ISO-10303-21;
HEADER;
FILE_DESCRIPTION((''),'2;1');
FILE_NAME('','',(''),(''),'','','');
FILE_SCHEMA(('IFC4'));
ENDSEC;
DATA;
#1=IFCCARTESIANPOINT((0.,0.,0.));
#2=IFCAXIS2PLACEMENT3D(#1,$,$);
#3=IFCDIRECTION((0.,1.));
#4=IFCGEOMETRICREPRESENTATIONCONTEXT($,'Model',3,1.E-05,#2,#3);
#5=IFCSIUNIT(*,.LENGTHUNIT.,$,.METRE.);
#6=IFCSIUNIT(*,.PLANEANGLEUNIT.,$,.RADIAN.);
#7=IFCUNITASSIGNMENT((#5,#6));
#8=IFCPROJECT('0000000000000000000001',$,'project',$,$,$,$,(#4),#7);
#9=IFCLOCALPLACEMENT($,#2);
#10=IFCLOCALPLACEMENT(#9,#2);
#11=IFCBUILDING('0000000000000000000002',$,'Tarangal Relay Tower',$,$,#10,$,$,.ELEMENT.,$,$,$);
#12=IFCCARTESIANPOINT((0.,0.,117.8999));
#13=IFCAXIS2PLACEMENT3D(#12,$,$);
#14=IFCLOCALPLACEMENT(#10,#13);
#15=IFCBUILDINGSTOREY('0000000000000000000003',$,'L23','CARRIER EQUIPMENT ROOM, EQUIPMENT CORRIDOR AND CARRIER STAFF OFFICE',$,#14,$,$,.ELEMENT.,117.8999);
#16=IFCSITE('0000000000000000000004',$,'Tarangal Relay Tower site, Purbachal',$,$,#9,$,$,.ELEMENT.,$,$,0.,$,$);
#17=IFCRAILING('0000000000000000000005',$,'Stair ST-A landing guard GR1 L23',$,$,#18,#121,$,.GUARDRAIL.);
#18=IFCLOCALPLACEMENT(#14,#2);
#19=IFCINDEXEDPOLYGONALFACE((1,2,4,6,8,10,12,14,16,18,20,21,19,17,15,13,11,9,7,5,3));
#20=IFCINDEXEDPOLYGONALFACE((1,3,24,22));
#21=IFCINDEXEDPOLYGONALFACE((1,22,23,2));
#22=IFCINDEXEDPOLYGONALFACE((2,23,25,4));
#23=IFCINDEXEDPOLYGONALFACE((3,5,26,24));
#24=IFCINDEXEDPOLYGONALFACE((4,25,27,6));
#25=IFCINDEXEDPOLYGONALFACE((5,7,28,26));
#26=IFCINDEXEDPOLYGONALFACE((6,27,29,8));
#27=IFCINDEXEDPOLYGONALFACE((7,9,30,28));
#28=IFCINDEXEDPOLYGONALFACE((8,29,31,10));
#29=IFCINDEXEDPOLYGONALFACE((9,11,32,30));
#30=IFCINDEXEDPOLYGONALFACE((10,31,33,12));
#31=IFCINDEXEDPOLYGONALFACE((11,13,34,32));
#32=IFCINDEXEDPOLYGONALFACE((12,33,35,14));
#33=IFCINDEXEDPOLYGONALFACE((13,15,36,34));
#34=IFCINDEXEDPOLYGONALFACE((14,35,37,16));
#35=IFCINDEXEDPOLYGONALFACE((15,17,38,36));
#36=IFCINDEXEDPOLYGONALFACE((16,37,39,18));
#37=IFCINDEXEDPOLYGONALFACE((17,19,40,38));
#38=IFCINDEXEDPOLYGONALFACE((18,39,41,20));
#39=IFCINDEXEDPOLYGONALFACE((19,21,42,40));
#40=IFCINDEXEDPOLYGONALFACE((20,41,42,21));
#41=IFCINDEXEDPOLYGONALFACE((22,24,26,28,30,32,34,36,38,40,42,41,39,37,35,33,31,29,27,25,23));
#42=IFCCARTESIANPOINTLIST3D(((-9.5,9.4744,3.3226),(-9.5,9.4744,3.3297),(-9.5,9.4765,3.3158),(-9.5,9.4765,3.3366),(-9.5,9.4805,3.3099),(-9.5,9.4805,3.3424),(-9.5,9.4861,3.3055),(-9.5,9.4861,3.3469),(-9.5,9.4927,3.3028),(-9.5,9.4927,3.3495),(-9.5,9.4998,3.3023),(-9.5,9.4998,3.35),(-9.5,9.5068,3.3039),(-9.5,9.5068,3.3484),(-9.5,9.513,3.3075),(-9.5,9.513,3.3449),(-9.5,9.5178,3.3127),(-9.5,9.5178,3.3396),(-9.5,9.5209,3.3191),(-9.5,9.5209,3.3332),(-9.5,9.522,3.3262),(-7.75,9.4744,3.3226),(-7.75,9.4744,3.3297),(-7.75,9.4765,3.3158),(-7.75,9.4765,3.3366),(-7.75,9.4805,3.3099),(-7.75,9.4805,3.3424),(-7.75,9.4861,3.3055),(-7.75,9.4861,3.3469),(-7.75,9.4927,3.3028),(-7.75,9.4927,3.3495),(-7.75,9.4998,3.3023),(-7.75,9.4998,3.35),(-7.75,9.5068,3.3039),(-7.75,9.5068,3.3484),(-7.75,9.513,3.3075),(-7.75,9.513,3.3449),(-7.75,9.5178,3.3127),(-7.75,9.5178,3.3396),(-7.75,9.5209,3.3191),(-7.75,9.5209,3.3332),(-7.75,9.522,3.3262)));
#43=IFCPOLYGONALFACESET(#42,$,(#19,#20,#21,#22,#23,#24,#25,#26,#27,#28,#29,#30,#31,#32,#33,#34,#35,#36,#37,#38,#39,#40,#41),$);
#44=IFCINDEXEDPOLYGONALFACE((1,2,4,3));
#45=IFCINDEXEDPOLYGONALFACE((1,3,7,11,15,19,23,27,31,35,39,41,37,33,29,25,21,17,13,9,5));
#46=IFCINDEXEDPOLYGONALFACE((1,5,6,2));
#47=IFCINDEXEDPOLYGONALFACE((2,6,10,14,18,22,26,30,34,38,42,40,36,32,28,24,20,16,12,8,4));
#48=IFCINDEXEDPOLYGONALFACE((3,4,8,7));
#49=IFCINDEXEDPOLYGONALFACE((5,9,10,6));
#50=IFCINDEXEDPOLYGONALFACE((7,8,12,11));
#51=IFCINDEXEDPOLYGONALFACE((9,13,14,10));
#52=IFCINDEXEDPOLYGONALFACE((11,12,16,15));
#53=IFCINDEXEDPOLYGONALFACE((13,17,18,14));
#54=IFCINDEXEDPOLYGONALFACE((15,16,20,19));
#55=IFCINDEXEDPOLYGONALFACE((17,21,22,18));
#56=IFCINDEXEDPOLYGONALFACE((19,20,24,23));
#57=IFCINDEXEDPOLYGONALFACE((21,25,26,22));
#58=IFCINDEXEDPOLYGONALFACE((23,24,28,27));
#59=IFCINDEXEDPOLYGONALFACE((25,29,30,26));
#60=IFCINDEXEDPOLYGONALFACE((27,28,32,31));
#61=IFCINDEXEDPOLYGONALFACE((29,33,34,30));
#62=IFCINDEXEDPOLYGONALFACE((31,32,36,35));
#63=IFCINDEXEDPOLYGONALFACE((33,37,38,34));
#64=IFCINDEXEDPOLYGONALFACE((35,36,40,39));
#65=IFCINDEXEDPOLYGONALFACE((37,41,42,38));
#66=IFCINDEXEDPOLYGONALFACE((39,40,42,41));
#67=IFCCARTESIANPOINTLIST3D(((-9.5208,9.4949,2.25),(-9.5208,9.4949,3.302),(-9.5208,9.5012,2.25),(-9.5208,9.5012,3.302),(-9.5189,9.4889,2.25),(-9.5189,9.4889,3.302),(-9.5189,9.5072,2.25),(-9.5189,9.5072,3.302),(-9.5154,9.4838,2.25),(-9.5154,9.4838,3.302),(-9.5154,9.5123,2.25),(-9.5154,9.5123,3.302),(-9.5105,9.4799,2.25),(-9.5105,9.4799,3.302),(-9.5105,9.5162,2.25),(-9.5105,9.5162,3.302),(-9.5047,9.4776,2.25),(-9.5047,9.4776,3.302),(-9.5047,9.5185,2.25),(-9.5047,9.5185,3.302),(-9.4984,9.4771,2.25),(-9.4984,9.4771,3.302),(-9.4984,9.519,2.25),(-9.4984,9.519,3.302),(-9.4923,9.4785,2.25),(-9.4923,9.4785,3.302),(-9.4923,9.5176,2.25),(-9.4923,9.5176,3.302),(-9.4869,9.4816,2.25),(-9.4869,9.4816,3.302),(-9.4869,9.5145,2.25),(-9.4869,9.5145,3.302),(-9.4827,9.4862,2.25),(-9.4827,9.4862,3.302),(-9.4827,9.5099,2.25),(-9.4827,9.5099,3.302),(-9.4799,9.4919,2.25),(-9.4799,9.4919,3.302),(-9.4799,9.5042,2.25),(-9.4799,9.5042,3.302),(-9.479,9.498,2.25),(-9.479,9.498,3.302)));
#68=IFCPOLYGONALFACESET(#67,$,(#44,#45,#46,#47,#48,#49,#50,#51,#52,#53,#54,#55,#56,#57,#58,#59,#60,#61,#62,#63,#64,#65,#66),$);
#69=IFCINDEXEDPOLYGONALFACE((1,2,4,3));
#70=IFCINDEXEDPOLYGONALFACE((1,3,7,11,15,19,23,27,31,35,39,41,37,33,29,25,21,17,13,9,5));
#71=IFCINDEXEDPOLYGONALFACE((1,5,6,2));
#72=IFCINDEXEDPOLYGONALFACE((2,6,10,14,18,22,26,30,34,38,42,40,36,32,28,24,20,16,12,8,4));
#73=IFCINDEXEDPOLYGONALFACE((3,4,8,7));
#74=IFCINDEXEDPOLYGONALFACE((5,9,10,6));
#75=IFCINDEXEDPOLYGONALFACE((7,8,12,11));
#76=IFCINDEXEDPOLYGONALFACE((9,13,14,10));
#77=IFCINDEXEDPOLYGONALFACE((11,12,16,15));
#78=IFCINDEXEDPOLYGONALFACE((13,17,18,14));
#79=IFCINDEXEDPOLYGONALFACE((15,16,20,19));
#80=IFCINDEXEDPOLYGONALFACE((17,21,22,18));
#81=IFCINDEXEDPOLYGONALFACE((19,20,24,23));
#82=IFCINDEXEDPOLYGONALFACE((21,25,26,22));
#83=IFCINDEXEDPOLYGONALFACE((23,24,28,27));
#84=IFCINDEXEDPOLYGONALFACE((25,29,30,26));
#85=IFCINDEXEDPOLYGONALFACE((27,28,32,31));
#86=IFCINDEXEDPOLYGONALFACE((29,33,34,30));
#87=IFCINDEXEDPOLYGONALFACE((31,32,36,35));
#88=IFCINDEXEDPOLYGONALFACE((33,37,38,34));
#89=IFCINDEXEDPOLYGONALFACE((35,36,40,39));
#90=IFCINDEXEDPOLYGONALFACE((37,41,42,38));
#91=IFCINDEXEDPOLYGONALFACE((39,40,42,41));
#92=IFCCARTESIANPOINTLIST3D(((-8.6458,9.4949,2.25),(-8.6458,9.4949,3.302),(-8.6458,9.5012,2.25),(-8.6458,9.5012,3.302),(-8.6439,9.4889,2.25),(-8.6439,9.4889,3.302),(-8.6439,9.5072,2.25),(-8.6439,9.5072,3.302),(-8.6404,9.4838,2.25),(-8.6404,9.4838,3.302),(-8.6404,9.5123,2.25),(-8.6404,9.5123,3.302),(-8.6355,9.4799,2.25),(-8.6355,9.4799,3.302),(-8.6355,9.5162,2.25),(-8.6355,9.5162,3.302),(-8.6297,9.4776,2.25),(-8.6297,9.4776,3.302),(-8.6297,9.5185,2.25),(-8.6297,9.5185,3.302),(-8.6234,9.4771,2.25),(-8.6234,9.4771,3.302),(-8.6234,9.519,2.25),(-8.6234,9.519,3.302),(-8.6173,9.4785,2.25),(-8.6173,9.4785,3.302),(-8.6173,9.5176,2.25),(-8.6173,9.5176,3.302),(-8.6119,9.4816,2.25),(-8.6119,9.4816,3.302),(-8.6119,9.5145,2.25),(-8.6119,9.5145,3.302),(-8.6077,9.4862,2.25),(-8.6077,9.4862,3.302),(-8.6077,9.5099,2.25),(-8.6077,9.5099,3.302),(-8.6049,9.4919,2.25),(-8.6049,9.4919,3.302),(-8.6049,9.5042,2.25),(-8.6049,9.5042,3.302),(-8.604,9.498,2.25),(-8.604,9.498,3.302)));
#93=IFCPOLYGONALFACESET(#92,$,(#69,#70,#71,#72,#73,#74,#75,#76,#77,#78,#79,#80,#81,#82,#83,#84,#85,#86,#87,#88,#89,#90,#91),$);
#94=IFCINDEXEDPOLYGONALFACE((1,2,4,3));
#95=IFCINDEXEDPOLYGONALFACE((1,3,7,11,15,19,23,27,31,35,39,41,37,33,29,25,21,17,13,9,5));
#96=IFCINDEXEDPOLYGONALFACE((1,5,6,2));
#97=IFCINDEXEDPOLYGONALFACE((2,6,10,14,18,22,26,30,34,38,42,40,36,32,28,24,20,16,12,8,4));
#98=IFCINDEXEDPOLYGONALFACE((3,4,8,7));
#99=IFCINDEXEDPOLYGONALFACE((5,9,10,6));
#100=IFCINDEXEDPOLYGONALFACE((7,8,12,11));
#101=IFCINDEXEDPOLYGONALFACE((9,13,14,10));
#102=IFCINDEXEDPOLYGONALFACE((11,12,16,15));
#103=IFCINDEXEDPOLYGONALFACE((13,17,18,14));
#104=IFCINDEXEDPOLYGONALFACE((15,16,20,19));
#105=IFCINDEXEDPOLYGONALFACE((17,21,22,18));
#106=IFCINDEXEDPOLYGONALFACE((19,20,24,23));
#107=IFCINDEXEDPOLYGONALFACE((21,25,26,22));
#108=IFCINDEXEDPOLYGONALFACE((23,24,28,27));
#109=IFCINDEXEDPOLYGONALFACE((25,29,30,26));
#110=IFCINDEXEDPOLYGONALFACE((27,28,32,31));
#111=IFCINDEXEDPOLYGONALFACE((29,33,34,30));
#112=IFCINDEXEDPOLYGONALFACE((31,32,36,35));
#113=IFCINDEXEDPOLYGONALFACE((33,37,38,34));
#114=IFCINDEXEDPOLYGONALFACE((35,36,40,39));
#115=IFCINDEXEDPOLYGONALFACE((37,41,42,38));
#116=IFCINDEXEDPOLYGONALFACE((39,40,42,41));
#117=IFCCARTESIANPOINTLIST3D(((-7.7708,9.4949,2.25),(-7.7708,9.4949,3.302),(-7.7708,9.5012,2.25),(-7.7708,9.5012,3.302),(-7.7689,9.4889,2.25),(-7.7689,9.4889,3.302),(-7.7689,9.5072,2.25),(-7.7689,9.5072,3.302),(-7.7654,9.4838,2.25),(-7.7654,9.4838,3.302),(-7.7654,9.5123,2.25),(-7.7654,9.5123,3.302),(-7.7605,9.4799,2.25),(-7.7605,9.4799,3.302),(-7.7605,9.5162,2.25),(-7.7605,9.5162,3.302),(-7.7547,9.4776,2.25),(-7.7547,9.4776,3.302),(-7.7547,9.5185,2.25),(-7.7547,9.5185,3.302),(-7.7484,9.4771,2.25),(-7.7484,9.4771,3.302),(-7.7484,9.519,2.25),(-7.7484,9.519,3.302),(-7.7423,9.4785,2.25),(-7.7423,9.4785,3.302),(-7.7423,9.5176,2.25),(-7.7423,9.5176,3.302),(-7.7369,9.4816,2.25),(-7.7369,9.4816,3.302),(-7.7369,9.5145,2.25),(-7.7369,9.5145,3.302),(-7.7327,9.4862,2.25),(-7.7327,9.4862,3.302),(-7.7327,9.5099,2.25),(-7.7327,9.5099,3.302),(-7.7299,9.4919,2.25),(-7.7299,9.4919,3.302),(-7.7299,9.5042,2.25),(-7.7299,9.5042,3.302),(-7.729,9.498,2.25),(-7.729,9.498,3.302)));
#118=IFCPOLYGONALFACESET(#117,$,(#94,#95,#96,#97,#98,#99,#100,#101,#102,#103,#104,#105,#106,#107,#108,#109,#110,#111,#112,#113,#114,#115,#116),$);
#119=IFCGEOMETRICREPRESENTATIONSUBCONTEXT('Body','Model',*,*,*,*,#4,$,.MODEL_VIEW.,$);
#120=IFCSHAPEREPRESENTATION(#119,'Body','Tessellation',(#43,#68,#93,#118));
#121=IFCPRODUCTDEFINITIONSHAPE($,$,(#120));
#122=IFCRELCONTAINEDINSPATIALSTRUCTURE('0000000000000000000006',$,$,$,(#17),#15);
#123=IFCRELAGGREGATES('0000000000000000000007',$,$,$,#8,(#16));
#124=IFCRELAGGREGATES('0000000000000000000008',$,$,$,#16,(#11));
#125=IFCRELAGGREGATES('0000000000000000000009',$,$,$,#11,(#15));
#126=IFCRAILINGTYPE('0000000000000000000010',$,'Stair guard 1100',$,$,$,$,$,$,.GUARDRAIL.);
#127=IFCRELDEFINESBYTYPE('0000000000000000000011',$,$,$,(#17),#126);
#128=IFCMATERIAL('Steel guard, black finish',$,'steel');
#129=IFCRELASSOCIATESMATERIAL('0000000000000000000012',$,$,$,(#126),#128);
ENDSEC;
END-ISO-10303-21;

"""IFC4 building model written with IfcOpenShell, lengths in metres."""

from ifc_helpers import new_model, si_unit, direction, frame, origin, origin_2d, place, context, subcontext, project, spatial, circle, extrude, material, type_object, element, save


model = new_model("IFC4")

# Units and contexts
model_context = context("Model", 3, precision=1e-05, world=origin(), true_north=direction((0.0, 1.0)))
body_context = subcontext(model_context, "Body", "Model", "MODEL_VIEW")
ifc_project = project(units=[si_unit("LENGTHUNIT", "METRE"), si_unit("PLANEANGLEUNIT", "RADIAN")], contexts=[model_context])

# Site, building, storey
site_placement = place(None, origin())
site = spatial("IfcSite", under=ifc_project, at=site_placement, Name="Tarangal Relay Tower site, Purbachal", CompositionType="ELEMENT", RefElevation=0.0)
building_placement = place(site_placement, origin())
building = spatial("IfcBuilding", under=site, at=building_placement, Name="Tarangal Relay Tower", CompositionType="ELEMENT")
storey_placement = place(building_placement, frame((0.0, 0.0, 117.8999)))
storey = spatial("IfcBuildingStorey", under=building, at=storey_placement, Name="L23", Description="CARRIER EQUIPMENT ROOM, EQUIPMENT CORRIDOR AND CARRIER STAFF OFFICE", CompositionType="ELEMENT", Elevation=117.8999)

# Railing
ifc_material_1 = material(Name="Steel guard, black finish", Category="steel")
railing_type_1 = type_object("IfcRailingType", Name="Stair guard 1100", PredefinedType="GUARDRAIL", material=ifc_material_1)
railing_1_placement = place(storey_placement, frame((-9.5, 9.498, 2.25)))
element("IfcRailing", 1, at=railing_1_placement, inside=storey, type_object=railing_type_1, Name="Stair ST-A landing guard GR1 L23", PredefinedType="GUARDRAIL", context=body_context, shape_type="SweptSolid", body=[
    extrude(circle(Radius=0.0239, at=origin_2d()), frame((0.0, 0.0, 1.0762), z_axis=(1.0, 0.0, 0.0), x_axis=(0.0, 1.0, 0.0)), (0.0, 0.0, 1.0), 1.75),
    extrude(circle(Radius=0.021, at=origin_2d()), origin(), (0.0, 0.0, 1.0), 1.052),
    extrude(circle(Radius=0.021, at=origin_2d()), frame((0.875, 0.0, 0.0)), (0.0, 0.0, 1.0), 1.052),
    extrude(circle(Radius=0.021, at=origin_2d()), frame((1.75, 0.0, 0.0)), (0.0, 0.0, 1.0), 1.052),
])

save(model, "model.ifc")
